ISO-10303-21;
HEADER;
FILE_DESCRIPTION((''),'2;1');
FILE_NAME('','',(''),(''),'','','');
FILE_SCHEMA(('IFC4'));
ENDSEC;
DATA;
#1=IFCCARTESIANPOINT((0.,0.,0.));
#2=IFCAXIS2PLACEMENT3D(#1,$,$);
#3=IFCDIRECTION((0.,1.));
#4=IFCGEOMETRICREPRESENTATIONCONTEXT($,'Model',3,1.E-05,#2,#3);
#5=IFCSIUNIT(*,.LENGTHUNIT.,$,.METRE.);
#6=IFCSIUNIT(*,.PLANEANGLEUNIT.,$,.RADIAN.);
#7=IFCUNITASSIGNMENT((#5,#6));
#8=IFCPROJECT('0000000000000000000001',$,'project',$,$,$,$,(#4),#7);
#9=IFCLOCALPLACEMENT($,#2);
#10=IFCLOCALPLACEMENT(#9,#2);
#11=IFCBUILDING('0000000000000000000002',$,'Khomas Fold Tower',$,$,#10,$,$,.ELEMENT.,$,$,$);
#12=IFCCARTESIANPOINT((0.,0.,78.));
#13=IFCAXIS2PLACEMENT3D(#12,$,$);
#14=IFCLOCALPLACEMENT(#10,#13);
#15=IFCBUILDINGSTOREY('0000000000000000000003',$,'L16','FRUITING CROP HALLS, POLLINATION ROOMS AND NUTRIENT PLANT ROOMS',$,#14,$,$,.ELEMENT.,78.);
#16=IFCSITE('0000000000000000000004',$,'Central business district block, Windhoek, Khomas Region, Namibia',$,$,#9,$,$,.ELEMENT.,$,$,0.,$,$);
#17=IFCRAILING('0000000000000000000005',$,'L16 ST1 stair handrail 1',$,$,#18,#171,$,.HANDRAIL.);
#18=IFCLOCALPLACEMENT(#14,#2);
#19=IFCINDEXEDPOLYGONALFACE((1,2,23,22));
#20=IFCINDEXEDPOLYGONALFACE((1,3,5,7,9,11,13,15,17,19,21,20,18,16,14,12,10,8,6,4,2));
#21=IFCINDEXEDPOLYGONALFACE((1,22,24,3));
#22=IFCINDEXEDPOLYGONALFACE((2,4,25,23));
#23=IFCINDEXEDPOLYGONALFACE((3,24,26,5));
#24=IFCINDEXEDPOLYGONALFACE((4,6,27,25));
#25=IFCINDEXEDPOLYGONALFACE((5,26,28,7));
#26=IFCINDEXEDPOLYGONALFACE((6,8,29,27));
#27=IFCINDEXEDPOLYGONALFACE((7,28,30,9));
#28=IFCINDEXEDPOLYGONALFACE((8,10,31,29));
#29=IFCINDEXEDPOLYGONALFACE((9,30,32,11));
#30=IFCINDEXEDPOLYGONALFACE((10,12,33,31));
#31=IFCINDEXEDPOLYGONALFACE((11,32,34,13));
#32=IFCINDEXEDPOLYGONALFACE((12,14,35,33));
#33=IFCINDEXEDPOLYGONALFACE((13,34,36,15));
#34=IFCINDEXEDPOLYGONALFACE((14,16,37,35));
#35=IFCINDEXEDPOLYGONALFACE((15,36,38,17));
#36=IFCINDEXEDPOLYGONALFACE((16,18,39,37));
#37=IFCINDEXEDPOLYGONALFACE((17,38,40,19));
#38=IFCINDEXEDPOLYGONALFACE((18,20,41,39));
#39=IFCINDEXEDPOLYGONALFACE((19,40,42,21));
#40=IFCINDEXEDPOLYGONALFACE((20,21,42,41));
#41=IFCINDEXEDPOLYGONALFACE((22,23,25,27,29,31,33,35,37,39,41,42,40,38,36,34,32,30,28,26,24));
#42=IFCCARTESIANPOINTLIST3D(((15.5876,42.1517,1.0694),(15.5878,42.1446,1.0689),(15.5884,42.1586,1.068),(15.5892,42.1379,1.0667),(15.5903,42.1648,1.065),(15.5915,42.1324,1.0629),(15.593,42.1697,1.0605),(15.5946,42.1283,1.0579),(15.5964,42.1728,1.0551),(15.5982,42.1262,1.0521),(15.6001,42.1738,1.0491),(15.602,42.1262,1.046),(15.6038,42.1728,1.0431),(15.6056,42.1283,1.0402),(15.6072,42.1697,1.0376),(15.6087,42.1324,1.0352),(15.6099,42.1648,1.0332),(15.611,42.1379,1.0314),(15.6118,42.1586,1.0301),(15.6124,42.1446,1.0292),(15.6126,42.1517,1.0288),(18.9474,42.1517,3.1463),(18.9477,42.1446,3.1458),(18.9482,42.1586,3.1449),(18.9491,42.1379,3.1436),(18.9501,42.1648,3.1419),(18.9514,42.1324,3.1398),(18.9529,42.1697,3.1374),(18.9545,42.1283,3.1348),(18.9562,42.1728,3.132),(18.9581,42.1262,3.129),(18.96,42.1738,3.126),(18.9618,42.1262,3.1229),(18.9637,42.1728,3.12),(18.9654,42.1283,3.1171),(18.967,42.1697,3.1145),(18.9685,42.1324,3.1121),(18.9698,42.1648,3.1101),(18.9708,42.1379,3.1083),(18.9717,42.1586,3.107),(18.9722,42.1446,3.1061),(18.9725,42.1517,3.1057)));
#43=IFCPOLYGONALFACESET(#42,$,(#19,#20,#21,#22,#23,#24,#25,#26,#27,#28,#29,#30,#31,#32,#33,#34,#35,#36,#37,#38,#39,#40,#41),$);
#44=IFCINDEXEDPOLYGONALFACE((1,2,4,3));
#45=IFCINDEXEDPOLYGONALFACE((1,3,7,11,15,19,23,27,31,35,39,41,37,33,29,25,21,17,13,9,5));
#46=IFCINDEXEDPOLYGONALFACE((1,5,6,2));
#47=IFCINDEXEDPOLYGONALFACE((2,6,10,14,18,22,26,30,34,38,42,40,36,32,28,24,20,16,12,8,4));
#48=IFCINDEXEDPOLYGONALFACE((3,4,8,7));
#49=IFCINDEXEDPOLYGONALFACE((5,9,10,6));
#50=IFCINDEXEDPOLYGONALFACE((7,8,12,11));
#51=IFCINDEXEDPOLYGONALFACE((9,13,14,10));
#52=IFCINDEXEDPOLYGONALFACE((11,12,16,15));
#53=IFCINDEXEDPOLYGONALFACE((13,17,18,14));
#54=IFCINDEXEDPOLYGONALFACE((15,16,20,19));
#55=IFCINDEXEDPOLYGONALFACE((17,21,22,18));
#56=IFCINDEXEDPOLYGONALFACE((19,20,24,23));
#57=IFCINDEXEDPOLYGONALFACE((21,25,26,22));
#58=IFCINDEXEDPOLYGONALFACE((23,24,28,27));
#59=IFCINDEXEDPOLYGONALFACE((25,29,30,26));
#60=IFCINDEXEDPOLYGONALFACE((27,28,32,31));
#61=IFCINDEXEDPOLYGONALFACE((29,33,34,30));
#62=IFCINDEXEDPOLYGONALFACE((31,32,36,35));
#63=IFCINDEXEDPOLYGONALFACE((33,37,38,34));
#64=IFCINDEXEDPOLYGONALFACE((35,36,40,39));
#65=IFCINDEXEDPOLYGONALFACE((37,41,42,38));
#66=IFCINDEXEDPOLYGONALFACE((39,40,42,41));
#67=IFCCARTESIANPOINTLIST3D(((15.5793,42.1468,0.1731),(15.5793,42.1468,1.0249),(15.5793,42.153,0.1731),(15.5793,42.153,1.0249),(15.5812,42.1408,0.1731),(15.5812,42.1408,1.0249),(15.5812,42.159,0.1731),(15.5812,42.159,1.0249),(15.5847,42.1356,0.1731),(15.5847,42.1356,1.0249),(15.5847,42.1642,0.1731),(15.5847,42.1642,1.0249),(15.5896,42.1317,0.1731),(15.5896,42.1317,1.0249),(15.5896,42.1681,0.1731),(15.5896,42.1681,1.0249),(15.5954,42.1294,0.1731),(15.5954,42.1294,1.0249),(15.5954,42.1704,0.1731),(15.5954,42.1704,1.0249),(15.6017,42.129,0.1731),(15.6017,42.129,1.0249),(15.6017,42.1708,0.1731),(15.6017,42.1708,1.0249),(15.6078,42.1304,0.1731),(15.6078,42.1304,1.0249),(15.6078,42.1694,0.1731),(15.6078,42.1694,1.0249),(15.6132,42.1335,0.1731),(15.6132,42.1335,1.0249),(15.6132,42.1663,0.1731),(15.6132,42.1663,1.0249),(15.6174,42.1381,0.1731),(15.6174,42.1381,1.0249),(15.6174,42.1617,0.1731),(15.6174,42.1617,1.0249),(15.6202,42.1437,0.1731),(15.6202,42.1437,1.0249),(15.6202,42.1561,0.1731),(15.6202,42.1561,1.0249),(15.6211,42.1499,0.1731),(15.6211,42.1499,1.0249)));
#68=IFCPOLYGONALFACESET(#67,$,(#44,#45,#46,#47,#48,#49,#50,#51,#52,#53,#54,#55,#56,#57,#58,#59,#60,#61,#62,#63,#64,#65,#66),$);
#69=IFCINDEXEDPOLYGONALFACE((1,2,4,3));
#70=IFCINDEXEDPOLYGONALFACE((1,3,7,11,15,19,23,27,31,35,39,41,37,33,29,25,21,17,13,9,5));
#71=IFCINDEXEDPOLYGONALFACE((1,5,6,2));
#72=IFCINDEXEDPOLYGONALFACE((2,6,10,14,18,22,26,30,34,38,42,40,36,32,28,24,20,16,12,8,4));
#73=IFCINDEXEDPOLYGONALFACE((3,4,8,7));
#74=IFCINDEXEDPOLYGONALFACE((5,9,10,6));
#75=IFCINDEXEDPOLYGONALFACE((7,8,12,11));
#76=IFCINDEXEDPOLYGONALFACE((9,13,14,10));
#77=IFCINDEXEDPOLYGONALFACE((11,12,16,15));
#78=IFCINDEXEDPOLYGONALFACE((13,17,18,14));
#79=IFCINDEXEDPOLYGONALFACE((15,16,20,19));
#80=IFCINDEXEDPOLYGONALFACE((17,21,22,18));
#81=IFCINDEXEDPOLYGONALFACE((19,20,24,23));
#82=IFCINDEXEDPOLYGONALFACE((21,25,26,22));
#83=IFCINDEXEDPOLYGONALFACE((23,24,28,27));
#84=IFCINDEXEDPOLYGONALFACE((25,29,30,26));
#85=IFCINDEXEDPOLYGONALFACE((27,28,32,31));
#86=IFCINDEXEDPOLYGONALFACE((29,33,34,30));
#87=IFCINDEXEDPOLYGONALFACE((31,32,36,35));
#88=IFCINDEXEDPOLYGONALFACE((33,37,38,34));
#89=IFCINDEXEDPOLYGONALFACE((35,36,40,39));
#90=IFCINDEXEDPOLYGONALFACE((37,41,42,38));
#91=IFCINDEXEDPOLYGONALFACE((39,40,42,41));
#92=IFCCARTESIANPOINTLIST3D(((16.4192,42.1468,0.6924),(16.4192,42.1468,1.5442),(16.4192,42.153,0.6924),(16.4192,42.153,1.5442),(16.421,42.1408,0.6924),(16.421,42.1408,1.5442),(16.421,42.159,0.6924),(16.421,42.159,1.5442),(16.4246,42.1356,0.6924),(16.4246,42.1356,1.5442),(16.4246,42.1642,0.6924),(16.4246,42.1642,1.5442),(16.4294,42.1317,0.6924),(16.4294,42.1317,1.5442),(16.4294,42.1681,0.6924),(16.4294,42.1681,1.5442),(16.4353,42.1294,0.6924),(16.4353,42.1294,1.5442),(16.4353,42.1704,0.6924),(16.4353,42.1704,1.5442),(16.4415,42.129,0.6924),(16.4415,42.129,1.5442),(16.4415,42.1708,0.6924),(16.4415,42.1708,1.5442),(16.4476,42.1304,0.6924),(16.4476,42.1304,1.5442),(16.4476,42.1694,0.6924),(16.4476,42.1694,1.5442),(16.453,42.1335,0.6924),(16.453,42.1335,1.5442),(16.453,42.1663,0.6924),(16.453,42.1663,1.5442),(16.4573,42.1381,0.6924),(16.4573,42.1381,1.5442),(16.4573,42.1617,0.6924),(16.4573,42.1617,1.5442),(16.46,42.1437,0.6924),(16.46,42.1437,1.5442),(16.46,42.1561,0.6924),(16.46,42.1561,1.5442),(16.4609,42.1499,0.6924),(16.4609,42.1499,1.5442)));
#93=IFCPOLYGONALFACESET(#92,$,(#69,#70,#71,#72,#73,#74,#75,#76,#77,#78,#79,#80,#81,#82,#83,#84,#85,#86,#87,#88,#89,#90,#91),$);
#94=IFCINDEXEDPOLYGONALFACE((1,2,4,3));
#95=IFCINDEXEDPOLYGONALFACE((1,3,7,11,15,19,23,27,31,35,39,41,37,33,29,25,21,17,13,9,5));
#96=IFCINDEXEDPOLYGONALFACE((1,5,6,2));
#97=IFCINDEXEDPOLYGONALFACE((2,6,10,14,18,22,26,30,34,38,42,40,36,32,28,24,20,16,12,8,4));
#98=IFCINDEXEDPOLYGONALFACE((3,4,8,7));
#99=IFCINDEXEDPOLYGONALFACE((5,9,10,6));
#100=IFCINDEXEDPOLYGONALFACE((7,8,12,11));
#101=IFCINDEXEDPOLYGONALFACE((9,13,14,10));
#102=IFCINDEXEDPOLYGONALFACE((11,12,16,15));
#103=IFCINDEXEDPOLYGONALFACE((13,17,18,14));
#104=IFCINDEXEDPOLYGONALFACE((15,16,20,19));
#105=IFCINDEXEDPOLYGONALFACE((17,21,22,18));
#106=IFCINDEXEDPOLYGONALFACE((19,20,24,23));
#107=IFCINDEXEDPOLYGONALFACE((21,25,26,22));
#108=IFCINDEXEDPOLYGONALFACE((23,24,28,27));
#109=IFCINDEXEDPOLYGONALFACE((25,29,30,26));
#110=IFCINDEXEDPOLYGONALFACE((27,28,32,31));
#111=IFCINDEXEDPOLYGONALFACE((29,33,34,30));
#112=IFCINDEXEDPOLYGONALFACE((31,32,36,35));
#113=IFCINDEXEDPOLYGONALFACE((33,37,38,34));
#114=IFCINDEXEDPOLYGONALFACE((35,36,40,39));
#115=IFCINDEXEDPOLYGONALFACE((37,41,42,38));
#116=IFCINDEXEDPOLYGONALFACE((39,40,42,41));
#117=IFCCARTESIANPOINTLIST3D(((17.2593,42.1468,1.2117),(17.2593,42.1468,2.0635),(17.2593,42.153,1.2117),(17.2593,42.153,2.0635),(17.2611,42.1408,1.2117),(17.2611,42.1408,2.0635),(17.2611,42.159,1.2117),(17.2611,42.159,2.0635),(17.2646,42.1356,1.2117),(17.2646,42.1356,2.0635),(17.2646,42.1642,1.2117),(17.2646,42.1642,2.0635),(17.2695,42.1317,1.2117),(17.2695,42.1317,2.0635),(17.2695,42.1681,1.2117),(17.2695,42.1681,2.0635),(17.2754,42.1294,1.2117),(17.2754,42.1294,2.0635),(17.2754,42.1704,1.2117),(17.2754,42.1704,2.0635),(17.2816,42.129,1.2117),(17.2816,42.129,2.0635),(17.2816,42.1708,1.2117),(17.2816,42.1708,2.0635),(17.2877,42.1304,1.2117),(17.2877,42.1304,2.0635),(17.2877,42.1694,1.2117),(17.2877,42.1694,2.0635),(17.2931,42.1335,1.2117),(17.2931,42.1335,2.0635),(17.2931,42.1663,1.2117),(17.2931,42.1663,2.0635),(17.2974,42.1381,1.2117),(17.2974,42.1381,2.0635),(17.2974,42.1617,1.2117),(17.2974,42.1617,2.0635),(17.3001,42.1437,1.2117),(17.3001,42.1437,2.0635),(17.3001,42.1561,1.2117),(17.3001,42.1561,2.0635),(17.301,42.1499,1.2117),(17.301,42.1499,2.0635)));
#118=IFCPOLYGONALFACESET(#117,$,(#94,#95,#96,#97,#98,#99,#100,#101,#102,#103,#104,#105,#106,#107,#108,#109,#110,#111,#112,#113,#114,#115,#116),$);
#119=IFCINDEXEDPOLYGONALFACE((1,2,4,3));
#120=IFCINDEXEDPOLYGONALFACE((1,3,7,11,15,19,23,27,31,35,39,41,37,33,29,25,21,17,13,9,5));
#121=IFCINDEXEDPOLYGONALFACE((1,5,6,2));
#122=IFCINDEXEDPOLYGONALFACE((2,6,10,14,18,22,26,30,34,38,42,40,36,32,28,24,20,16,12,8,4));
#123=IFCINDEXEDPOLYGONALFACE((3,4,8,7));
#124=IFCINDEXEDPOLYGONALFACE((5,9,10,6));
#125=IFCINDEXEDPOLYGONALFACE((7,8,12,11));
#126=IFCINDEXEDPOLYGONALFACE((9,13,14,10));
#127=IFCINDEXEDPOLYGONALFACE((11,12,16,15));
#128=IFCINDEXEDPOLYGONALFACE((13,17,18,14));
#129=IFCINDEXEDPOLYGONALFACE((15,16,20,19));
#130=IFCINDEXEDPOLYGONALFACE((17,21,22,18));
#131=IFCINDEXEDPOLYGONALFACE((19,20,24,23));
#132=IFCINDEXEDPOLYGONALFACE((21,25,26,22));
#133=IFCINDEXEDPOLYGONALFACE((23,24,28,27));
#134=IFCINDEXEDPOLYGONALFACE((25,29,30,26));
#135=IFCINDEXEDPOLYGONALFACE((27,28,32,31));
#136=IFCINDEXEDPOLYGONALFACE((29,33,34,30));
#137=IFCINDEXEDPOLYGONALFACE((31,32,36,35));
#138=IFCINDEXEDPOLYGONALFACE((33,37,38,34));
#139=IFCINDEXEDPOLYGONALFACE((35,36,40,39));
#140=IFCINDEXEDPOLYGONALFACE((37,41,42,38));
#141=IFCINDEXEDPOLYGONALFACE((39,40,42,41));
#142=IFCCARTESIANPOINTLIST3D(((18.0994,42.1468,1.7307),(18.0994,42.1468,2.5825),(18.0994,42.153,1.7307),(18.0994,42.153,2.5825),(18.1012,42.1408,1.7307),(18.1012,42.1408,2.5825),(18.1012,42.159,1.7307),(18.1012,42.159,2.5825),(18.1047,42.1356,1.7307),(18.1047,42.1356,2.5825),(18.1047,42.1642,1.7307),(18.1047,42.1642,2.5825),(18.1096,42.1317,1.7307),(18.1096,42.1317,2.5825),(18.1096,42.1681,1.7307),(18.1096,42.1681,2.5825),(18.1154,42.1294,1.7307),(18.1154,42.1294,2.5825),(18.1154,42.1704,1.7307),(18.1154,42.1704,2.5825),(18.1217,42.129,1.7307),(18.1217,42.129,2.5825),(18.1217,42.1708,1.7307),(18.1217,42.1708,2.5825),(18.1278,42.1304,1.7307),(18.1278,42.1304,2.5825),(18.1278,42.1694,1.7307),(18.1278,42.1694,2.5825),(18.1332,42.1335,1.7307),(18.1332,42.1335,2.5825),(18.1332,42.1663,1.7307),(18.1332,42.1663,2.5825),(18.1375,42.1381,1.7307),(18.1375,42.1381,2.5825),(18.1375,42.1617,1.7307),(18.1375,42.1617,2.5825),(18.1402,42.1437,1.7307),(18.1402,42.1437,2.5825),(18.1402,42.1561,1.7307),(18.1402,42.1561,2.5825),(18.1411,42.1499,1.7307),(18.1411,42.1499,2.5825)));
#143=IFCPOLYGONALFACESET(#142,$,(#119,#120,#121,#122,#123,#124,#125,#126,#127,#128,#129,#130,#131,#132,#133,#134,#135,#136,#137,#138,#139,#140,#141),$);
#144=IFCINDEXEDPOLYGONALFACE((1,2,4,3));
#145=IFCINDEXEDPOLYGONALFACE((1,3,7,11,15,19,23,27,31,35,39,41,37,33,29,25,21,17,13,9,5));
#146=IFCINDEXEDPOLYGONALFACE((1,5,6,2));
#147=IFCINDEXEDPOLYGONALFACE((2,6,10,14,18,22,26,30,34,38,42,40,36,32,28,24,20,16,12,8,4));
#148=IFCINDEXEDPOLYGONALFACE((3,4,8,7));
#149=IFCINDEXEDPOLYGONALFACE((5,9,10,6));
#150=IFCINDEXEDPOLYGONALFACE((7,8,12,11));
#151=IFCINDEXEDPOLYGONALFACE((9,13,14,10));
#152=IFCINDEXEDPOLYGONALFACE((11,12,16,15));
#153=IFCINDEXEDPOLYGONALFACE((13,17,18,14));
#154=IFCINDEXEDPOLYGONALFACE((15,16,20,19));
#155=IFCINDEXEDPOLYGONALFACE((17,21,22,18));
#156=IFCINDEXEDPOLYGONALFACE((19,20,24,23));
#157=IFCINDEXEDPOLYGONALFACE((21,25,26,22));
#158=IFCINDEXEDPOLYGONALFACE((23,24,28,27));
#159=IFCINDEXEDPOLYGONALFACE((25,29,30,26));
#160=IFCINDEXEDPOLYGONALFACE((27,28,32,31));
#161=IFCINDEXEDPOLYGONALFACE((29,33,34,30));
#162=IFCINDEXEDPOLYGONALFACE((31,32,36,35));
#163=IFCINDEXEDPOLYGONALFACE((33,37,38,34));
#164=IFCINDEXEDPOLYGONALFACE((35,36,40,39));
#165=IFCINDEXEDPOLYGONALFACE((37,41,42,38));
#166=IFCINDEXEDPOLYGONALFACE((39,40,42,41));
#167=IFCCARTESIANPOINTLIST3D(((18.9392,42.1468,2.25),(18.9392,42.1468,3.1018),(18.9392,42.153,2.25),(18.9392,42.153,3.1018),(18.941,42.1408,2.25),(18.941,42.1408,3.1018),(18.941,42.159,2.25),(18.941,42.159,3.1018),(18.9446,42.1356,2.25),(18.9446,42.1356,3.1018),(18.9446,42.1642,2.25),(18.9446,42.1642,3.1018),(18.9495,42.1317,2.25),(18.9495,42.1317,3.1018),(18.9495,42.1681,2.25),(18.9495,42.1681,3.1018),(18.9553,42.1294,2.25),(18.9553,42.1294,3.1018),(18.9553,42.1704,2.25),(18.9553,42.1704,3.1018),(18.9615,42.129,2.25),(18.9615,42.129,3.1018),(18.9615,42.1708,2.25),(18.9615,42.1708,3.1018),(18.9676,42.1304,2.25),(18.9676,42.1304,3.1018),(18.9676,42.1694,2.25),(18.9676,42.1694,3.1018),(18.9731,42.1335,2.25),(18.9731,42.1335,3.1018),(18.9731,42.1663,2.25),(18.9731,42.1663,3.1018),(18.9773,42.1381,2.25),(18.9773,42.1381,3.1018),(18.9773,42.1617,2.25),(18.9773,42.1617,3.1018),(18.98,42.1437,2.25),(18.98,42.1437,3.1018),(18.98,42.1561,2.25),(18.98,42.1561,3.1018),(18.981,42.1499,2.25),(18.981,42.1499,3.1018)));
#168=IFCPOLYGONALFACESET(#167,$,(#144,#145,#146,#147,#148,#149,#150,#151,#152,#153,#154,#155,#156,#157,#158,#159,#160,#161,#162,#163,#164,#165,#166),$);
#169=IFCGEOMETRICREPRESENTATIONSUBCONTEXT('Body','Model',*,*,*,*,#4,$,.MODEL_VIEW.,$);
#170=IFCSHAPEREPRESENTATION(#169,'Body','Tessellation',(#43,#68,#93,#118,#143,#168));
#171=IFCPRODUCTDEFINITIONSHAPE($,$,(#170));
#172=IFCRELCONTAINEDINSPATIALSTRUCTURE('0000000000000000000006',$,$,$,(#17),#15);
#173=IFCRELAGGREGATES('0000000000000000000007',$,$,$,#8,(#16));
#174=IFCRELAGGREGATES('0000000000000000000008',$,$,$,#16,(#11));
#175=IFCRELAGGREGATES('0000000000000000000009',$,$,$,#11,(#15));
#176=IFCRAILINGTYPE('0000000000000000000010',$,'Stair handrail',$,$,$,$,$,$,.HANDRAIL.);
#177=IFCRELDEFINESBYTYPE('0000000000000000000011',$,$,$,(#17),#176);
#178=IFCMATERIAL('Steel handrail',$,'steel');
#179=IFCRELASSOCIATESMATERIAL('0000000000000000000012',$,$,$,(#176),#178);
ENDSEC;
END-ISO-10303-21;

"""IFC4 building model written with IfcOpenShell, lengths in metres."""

from ifc_helpers import new_model, si_unit, direction, frame, origin, origin_2d, place, context, subcontext, project, spatial, circle, extrude, source, transform, mapped, material, type_object, element, save


model = new_model("IFC4")

# Units and contexts
model_context = context("Model", 3, precision=1e-05, world=origin(), true_north=direction((0.0, 1.0)))
body_context = subcontext(model_context, "Body", "Model", "MODEL_VIEW")
ifc_project = project(units=[si_unit("LENGTHUNIT", "METRE"), si_unit("PLANEANGLEUNIT", "RADIAN")], contexts=[model_context])

# Site, building, storey
site_placement = place(None, origin())
site = spatial("IfcSite", under=ifc_project, at=site_placement, Name="Central business district block, Windhoek, Khomas Region, Namibia", CompositionType="ELEMENT", RefElevation=0.0)
building_placement = place(site_placement, origin())
building = spatial("IfcBuilding", under=site, at=building_placement, Name="Khomas Fold Tower", CompositionType="ELEMENT")
storey_placement = place(building_placement, frame((0.0, 0.0, 78.0)))
storey = spatial("IfcBuildingStorey", under=building, at=storey_placement, Name="L16", Description="FRUITING CROP HALLS, POLLINATION ROOMS AND NUTRIENT PLANT ROOMS", CompositionType="ELEMENT", Elevation=78.0)

# Railing
ifc_material_1 = material(Name="Steel handrail", Category="steel")
railing_type_1 = type_object("IfcRailingType", Name="Stair handrail", PredefinedType="HANDRAIL", material=ifc_material_1)
shared_shape_1 = source(origin(), body_context, "Body", "SweptSolid", [
    extrude(circle(Radius=0.0239, at=origin_2d()), frame((0.0, 0.0, 0.876), z_axis=(0.850606, 0.0, 0.525803), x_axis=(0.0, 1.0, 0.0)), (0.0, 0.0, 1.0), 3.95),
    extrude(circle(Radius=0.021, at=origin_2d()), origin(), (0.0, 0.0, 1.0), 0.8518),
    extrude(circle(Radius=0.021, at=origin_2d()), frame((0.8398, 0.0, 0.5193)), (0.0, 0.0, 1.0), 0.8518),
    extrude(circle(Radius=0.021, at=origin_2d()), frame((1.6799, 0.0, 1.0386)), (0.0, 0.0, 1.0), 0.8518),
    extrude(circle(Radius=0.021, at=origin_2d()), frame((2.52, 0.0, 1.5576)), (0.0, 0.0, 1.0), 0.8518),
    extrude(circle(Radius=0.021, at=origin_2d()), frame((3.3599, 0.0, 2.0769)), (0.0, 0.0, 1.0), 0.8518),
])
railing_1_placement = place(storey_placement, frame((15.6001, 42.1499, 0.1731)))
element("IfcRailing", 1, at=railing_1_placement, inside=storey, type_object=railing_type_1, Name="L16 ST1 stair handrail 1", PredefinedType="HANDRAIL", context=body_context, shape_type="MappedRepresentation", body=[
    mapped(shared_shape_1, transform((0.0, 0.0, 0.0))),
])

save(model, "model.ifc")
